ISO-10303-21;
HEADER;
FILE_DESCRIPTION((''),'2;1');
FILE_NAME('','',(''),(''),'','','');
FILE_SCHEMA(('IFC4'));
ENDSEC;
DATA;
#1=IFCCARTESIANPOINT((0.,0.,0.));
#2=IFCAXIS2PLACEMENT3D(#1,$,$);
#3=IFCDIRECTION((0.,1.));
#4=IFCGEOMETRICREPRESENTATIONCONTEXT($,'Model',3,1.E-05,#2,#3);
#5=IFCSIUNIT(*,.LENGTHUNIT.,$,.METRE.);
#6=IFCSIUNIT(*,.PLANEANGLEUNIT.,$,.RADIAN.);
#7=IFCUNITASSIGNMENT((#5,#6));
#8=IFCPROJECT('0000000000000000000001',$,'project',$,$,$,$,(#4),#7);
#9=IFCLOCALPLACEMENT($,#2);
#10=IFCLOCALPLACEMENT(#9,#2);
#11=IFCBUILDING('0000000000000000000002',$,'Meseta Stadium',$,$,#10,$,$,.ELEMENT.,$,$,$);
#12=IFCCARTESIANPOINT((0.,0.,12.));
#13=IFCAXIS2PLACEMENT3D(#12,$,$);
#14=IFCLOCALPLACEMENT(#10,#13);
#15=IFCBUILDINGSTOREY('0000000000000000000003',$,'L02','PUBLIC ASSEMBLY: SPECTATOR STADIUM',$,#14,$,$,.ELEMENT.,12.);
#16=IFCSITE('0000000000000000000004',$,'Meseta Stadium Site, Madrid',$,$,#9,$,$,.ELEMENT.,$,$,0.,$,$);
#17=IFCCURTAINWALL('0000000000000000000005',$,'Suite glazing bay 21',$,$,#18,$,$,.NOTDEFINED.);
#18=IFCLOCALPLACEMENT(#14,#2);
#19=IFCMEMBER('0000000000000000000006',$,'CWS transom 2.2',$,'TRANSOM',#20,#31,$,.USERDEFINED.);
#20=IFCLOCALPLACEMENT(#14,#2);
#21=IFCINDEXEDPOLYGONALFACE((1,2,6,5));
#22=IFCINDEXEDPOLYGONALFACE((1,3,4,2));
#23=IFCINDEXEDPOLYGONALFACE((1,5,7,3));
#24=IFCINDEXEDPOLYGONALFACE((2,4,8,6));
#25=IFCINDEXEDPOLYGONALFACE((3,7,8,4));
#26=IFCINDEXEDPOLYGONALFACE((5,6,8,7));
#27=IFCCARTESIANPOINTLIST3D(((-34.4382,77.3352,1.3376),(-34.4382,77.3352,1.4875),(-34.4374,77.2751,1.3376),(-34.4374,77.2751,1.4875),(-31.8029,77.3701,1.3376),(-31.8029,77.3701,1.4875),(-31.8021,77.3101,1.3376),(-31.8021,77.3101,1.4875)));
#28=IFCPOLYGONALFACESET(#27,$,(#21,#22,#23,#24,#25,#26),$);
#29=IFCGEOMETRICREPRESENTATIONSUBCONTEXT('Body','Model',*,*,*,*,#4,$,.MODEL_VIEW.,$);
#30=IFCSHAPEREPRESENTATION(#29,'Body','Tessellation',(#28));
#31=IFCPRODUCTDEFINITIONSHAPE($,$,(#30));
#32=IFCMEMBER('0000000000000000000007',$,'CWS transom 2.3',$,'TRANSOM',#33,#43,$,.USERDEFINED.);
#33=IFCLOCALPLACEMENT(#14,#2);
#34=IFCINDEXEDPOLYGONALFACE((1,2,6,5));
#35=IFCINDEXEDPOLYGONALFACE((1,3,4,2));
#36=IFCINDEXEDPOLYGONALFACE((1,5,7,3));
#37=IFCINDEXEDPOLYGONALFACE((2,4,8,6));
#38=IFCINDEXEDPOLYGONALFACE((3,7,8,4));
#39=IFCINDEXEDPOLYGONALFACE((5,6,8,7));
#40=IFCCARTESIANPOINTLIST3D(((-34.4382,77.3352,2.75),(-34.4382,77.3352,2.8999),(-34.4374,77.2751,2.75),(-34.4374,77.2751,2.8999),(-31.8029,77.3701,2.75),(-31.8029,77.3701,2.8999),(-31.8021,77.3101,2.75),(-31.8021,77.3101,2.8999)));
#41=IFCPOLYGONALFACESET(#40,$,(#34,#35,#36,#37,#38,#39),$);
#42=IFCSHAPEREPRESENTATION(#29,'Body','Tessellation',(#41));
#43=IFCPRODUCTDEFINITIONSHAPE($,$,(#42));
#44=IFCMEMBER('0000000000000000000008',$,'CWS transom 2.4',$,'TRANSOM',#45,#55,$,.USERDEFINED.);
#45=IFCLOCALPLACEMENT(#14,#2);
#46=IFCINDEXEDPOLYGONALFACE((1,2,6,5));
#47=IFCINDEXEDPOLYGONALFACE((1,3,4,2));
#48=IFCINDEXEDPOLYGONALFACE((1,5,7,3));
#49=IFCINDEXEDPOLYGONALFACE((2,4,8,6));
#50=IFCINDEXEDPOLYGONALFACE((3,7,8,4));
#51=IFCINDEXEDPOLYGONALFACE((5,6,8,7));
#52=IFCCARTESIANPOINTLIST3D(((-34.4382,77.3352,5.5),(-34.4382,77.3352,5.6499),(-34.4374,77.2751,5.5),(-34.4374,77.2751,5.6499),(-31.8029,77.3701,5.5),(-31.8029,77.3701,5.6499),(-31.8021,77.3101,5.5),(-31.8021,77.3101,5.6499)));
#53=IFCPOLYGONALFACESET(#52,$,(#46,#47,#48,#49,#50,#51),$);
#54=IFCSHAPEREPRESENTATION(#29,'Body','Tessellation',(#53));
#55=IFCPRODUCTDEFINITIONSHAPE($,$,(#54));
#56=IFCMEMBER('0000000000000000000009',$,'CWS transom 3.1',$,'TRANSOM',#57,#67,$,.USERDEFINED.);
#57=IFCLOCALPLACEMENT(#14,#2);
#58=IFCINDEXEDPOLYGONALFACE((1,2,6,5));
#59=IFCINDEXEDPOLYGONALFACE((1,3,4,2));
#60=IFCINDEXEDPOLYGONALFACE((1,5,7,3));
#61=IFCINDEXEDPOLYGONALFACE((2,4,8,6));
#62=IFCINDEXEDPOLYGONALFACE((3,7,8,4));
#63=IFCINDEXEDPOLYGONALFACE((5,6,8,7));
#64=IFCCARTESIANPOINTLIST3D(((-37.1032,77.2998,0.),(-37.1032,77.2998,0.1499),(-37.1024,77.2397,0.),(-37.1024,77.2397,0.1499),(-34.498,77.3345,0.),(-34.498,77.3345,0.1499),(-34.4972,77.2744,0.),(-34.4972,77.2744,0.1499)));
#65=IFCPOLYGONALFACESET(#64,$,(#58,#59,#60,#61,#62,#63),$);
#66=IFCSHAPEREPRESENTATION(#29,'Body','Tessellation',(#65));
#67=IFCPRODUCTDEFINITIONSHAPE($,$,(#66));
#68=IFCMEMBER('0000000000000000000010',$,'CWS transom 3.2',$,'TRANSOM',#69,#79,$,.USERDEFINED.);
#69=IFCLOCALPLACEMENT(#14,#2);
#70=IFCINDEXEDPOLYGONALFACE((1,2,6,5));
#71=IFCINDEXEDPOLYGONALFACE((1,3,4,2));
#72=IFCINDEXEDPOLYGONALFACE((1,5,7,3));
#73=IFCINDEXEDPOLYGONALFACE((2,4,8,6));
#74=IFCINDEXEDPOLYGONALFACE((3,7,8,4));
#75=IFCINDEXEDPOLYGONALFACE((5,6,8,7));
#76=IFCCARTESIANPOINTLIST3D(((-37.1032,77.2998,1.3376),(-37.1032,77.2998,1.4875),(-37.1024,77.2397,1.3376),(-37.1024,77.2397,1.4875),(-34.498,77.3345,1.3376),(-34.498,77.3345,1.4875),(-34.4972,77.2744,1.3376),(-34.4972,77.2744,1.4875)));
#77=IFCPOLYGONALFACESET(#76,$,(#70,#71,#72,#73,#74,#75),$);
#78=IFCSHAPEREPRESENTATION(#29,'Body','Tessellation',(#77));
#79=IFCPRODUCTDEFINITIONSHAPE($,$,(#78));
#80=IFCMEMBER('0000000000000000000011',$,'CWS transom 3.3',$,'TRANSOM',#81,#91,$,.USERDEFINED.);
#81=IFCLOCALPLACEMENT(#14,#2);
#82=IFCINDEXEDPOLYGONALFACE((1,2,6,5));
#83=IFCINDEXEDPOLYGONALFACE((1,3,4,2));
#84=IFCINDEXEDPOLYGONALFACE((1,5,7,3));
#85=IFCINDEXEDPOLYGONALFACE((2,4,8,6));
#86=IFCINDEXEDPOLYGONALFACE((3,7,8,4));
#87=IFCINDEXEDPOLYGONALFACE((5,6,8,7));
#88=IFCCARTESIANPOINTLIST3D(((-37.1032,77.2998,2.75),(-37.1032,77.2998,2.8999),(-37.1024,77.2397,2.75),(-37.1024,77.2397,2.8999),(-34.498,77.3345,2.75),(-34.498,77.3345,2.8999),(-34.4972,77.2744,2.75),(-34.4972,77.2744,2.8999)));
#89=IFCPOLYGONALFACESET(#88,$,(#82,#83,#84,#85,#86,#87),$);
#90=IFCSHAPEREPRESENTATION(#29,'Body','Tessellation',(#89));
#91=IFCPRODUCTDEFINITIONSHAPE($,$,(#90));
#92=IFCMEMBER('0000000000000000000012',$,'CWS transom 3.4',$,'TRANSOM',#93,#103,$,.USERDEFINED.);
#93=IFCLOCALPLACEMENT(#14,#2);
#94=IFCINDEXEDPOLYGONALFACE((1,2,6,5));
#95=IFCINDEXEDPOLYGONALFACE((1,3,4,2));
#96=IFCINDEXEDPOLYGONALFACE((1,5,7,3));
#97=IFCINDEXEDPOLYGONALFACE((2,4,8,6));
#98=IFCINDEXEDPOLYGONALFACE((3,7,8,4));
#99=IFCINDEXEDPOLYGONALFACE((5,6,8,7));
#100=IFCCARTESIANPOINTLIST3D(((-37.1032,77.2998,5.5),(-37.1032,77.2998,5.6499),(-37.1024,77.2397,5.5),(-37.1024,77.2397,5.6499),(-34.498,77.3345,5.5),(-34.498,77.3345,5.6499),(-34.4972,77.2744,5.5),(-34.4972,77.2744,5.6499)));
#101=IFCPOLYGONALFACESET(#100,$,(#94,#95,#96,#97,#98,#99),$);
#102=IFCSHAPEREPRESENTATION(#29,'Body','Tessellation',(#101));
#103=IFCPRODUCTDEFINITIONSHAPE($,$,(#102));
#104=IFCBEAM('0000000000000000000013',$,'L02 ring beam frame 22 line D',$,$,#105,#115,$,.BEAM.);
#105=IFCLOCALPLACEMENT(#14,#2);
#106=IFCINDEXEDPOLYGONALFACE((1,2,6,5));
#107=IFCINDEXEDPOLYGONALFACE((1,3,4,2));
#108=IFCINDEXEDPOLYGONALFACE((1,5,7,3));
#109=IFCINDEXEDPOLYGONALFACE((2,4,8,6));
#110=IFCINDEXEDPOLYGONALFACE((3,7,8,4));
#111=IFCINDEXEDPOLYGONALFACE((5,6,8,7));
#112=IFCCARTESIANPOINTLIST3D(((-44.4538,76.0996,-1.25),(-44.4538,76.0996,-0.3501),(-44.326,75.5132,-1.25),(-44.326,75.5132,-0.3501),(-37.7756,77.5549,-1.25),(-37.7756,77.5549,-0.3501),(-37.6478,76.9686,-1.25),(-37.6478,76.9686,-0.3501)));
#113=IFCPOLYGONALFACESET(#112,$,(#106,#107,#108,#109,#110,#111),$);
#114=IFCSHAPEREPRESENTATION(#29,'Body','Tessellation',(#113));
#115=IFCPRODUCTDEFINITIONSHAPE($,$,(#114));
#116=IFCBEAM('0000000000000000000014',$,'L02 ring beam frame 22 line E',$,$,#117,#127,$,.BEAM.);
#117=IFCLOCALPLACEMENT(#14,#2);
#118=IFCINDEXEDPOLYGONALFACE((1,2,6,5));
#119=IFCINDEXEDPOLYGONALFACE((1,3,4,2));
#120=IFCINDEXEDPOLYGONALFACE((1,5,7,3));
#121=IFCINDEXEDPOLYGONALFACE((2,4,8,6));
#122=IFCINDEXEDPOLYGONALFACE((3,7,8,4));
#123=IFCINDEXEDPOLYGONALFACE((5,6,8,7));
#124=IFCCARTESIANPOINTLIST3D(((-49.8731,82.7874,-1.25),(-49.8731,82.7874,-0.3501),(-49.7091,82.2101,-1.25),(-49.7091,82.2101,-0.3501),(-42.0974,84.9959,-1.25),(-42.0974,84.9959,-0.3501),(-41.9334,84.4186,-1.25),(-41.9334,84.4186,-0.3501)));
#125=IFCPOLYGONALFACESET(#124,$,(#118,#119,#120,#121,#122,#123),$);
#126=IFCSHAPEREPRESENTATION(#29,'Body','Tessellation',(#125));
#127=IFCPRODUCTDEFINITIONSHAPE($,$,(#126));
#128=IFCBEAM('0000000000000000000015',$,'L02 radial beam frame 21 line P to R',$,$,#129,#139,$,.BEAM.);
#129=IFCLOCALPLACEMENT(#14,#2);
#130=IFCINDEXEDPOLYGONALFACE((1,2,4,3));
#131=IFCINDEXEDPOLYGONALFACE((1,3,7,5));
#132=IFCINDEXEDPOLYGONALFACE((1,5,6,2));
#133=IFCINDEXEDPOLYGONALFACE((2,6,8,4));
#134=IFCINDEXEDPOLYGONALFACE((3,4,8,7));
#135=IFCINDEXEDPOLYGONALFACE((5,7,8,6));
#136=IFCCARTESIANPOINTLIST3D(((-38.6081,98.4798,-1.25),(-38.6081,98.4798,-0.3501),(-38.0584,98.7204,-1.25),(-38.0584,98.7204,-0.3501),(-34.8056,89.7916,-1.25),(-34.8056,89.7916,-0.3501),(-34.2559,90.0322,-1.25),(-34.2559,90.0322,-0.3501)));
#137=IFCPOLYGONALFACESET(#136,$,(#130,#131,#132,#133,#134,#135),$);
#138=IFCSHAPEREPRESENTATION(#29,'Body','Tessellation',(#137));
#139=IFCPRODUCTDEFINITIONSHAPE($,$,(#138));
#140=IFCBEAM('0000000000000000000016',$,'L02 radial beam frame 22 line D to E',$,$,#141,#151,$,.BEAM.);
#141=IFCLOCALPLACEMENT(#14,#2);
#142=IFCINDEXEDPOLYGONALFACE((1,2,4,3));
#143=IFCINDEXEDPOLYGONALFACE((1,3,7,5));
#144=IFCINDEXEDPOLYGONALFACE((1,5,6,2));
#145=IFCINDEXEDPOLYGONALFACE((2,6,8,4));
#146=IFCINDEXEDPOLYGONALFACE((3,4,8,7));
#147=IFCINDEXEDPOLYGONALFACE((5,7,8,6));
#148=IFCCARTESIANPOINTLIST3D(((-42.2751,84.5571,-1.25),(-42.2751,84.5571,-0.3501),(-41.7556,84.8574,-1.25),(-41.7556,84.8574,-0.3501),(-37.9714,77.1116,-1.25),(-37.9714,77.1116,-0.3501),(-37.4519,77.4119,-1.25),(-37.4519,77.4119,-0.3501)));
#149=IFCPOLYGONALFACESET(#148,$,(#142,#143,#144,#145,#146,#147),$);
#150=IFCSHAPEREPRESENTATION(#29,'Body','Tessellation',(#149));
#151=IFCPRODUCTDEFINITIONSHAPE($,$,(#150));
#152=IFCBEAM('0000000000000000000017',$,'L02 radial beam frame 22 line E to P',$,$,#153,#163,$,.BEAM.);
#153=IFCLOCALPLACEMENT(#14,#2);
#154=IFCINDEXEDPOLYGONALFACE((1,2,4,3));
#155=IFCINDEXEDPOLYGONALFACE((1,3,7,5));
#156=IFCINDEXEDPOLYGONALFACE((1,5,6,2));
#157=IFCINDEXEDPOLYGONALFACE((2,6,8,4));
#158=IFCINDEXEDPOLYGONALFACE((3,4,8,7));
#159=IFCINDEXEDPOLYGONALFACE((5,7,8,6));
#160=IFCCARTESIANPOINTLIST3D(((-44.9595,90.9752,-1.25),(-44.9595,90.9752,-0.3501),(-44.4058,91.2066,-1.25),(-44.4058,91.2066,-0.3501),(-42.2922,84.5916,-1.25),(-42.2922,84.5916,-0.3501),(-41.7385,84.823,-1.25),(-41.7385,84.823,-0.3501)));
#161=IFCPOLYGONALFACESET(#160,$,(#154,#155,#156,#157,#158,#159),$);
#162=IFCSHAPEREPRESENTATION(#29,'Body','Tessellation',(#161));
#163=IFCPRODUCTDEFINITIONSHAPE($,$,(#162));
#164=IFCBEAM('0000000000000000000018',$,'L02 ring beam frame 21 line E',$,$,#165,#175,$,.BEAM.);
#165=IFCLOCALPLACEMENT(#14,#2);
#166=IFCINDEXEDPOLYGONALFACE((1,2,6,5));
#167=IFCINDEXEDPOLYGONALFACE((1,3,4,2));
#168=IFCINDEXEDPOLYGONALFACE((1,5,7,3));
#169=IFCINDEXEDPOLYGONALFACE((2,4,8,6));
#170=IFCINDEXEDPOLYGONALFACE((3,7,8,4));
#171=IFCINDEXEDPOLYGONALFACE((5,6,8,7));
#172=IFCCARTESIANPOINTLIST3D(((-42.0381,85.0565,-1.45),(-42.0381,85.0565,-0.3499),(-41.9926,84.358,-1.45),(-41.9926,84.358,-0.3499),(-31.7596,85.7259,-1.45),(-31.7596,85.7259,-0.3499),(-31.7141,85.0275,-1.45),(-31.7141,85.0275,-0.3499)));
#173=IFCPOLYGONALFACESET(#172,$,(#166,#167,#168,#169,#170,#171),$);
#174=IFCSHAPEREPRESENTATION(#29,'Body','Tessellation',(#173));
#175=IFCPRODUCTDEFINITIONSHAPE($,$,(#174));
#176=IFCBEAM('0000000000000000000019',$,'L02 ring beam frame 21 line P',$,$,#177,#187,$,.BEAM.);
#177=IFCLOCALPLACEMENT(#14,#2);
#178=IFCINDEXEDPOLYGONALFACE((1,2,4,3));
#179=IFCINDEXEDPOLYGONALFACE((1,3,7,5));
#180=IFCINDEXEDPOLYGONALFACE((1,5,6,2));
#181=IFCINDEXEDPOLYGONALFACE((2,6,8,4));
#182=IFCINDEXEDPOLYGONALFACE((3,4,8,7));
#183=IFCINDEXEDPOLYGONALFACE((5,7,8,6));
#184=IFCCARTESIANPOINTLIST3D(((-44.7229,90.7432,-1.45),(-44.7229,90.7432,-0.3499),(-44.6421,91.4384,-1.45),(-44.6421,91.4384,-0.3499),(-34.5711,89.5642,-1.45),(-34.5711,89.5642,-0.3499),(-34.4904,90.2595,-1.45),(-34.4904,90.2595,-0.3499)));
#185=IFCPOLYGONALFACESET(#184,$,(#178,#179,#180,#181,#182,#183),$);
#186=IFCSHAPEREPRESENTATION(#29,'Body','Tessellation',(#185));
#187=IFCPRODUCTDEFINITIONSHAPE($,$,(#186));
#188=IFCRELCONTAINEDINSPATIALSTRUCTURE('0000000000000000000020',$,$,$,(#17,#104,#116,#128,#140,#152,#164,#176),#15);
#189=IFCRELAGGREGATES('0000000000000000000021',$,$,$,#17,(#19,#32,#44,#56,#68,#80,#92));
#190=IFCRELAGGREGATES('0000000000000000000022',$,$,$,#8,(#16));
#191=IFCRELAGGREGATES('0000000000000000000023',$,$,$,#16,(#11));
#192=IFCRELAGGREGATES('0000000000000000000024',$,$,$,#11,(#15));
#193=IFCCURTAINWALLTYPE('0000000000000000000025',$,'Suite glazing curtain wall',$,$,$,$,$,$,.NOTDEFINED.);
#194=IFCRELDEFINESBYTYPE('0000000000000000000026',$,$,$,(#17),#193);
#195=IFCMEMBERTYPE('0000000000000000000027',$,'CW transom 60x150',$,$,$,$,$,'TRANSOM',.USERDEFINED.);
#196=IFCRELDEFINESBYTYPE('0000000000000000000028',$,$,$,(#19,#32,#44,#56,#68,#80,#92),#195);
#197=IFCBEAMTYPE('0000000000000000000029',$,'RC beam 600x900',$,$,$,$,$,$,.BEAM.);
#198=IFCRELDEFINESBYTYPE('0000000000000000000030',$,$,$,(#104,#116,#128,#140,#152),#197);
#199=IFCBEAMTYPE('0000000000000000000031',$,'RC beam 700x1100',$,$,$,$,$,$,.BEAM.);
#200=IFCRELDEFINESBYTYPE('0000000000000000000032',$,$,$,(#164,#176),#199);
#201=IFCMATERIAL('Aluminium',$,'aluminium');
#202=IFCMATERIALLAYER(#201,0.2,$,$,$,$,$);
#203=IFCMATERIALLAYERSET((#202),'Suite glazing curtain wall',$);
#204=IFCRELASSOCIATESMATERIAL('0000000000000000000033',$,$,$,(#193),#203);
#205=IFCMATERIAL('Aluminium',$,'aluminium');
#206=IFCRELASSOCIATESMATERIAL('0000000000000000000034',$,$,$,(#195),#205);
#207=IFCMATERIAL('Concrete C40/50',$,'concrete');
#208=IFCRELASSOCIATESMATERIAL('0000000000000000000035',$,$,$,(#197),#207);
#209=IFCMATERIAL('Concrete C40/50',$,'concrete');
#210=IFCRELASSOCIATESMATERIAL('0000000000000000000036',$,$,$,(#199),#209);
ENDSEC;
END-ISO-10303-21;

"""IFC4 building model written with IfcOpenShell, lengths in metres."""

from ifc_helpers import new_model, si_unit, direction, frame, origin, origin_2d, place, context, subcontext, project, spatial, rectangle, extrude, material, layer, layer_set, material_profile, profile_set, type_object, element, aggregate, save


model = new_model("IFC4")

# Units and contexts
model_context = context("Model", 3, precision=1e-05, world=origin(), true_north=direction((0.0, 1.0)))
body_context = subcontext(model_context, "Body", "Model", "MODEL_VIEW")
ifc_project = project(units=[si_unit("LENGTHUNIT", "METRE"), si_unit("PLANEANGLEUNIT", "RADIAN")], contexts=[model_context])

# Site, building, storey
site_placement = place(None, origin())
site = spatial("IfcSite", under=ifc_project, at=site_placement, Name="Meseta Stadium Site, Madrid", CompositionType="ELEMENT", RefElevation=0.0)
building_placement = place(site_placement, origin())
building = spatial("IfcBuilding", under=site, at=building_placement, Name="Meseta Stadium", CompositionType="ELEMENT")
storey_placement = place(building_placement, frame((0.0, 0.0, 12.0)))
storey = spatial("IfcBuildingStorey", under=building, at=storey_placement, Name="L02", Description="PUBLIC ASSEMBLY: SPECTATOR STADIUM", CompositionType="ELEMENT", Elevation=12.0)

# Curtain wall, members
ifc_material_1 = material(Name="Aluminium", Category="aluminium")
ifc_layer_1 = layer(ifc_material_1, 0.2)
ifc_layer_set_1 = layer_set([ifc_layer_1], Name="Suite glazing curtain wall")
curtain_wall_type = type_object("IfcCurtainWallType", Name="Suite glazing curtain wall", PredefinedType="NOTDEFINED", material=ifc_layer_set_1)
curtain_wall_placement = place(storey_placement, origin())
curtain_wall = element("IfcCurtainWall", 1, at=curtain_wall_placement, inside=storey, type_object=curtain_wall_type, Name="Suite glazing bay 21", PredefinedType="NOTDEFINED")
ifc_material_2 = material(Name="Aluminium", Category="aluminium")
ifc_material_profile_1 = material_profile(ifc_material_2, rectangle(XDim=0.0601, YDim=0.1499, at=origin_2d()), Name="CW 60x150")
ifc_profile_set_1 = profile_set([ifc_material_profile_1], Name="Aluminium")
member_type_1 = type_object("IfcMemberType", Name="CW transom 60x150", ElementType="TRANSOM", PredefinedType="USERDEFINED", material=ifc_profile_set_1)
member_1_placement = place(storey_placement, frame((-31.8025, 77.3401, 1.4126), z_axis=(-0.999912, -0.013247, 0.0), x_axis=(0.013247, -0.999912, 0.0)))
member_1 = element("IfcMember", 2, at=member_1_placement, type_object=member_type_1, Name="CWS transom 2.2", ObjectType="TRANSOM", PredefinedType="USERDEFINED", context=body_context, shape_type="SweptSolid", body=[
    extrude(rectangle(XDim=0.0601, YDim=0.1499, at=origin_2d()), origin(), (0.0, 0.0, 1.0), 2.6355),
])
member_2_placement = place(storey_placement, frame((-31.8025, 77.3401, 2.825), z_axis=(-0.999912, -0.013247, 0.0), x_axis=(0.013247, -0.999912, 0.0)))
member_2 = element("IfcMember", 3, at=member_2_placement, type_object=member_type_1, Name="CWS transom 2.3", ObjectType="TRANSOM", PredefinedType="USERDEFINED", context=body_context, shape_type="SweptSolid", body=[
    extrude(rectangle(XDim=0.0601, YDim=0.1499, at=origin_2d()), origin(), (0.0, 0.0, 1.0), 2.6355),
])
member_3_placement = place(storey_placement, frame((-31.8025, 77.3401, 5.575), z_axis=(-0.999912, -0.013247, 0.0), x_axis=(0.013247, -0.999912, 0.0)))
member_3 = element("IfcMember", 4, at=member_3_placement, type_object=member_type_1, Name="CWS transom 2.4", ObjectType="TRANSOM", PredefinedType="USERDEFINED", context=body_context, shape_type="SweptSolid", body=[
    extrude(rectangle(XDim=0.0601, YDim=0.1499, at=origin_2d()), origin(), (0.0, 0.0, 1.0), 2.6355),
])
member_4_placement = place(storey_placement, frame((-34.4976, 77.3044, 0.075), z_axis=(-0.999911, -0.013306, 0.0), x_axis=(0.013306, -0.999911, 0.0)))
member_4 = element("IfcMember", 5, at=member_4_placement, type_object=member_type_1, Name="CWS transom 3.1", ObjectType="TRANSOM", PredefinedType="USERDEFINED", context=body_context, shape_type="SweptSolid", body=[
    extrude(rectangle(XDim=0.0601, YDim=0.1499, at=origin_2d()), origin(), (0.0, 0.0, 1.0), 2.6055),
])
member_5_placement = place(storey_placement, frame((-34.4976, 77.3044, 1.4126), z_axis=(-0.999911, -0.013306, 0.0), x_axis=(0.013306, -0.999911, 0.0)))
member_5 = element("IfcMember", 6, at=member_5_placement, type_object=member_type_1, Name="CWS transom 3.2", ObjectType="TRANSOM", PredefinedType="USERDEFINED", context=body_context, shape_type="SweptSolid", body=[
    extrude(rectangle(XDim=0.0601, YDim=0.1499, at=origin_2d()), origin(), (0.0, 0.0, 1.0), 2.6055),
])
member_6_placement = place(storey_placement, frame((-34.4976, 77.3044, 2.825), z_axis=(-0.999911, -0.013306, 0.0), x_axis=(0.013306, -0.999911, 0.0)))
member_6 = element("IfcMember", 7, at=member_6_placement, type_object=member_type_1, Name="CWS transom 3.3", ObjectType="TRANSOM", PredefinedType="USERDEFINED", context=body_context, shape_type="SweptSolid", body=[
    extrude(rectangle(XDim=0.0601, YDim=0.1499, at=origin_2d()), origin(), (0.0, 0.0, 1.0), 2.6055),
])
member_7_placement = place(storey_placement, frame((-34.4976, 77.3044, 5.575), z_axis=(-0.999911, -0.013306, 0.0), x_axis=(0.013306, -0.999911, 0.0)))
member_7 = element("IfcMember", 8, at=member_7_placement, type_object=member_type_1, Name="CWS transom 3.4", ObjectType="TRANSOM", PredefinedType="USERDEFINED", context=body_context, shape_type="SweptSolid", body=[
    extrude(rectangle(XDim=0.0601, YDim=0.1499, at=origin_2d()), origin(), (0.0, 0.0, 1.0), 2.6055),
])

# Beams
ifc_material_3 = material(Name="Concrete C40/50", Category="concrete")
ifc_material_profile_2 = material_profile(ifc_material_3, rectangle(XDim=0.6001, YDim=0.8999, at=origin_2d()), Name="RC 600x900")
ifc_profile_set_2 = profile_set([ifc_material_profile_2], Name="Concrete C40/50")
beam_type_1 = type_object("IfcBeamType", Name="RC beam 600x900", PredefinedType="BEAM", material=ifc_profile_set_2)
beam_1_placement = place(storey_placement, frame((-37.7117, 77.2617, -0.8), z_axis=(-0.977069, -0.212923, 0.0), x_axis=(0.212923, -0.977069, 0.0)))
element("IfcBeam", 9, at=beam_1_placement, inside=storey, type_object=beam_type_1, Name="L02 ring beam frame 22 line D", PredefinedType="BEAM", context=body_context, shape_type="SweptSolid", body=[
    extrude(rectangle(XDim=0.6001, YDim=0.8999, at=origin_2d()), origin(), (0.0, 0.0, 1.0), 6.835),
])
beam_2_placement = place(storey_placement, frame((-42.0154, 84.7073, -0.8), z_axis=(-0.961951, -0.273221, 0.0), x_axis=(0.273221, -0.961951, 0.0)))
element("IfcBeam", 10, at=beam_2_placement, inside=storey, type_object=beam_type_1, Name="L02 ring beam frame 22 line E", PredefinedType="BEAM", context=body_context, shape_type="SweptSolid", body=[
    extrude(rectangle(XDim=0.6001, YDim=0.8999, at=origin_2d()), origin(), (0.0, 0.0, 1.0), 8.0833),
])
beam_3_placement = place(storey_placement, frame((-34.5308, 89.9119, -0.8), z_axis=(-0.400942, 0.916104, 0.0), x_axis=(-0.916104, -0.400942, 0.0)))
element("IfcBeam", 11, at=beam_3_placement, inside=storey, type_object=beam_type_1, Name="L02 radial beam frame 21 line P to R", PredefinedType="BEAM", context=body_context, shape_type="SweptSolid", body=[
    extrude(rectangle(XDim=0.6001, YDim=0.8999, at=origin_2d()), origin(), (0.0, 0.0, 1.0), 9.4839),
])
beam_4_placement = place(storey_placement, frame((-37.7117, 77.2617, -0.8), z_axis=(-0.500437, 0.865773, 0.0), x_axis=(-0.865773, -0.500437, 0.0)))
element("IfcBeam", 12, at=beam_4_placement, inside=storey, type_object=beam_type_1, Name="L02 radial beam frame 22 line D to E", PredefinedType="BEAM", context=body_context, shape_type="SweptSolid", body=[
    extrude(rectangle(XDim=0.6001, YDim=0.8999, at=origin_2d()), origin(), (0.0, 0.0, 1.0), 8.5999),
])
beam_5_placement = place(storey_placement, frame((-42.0154, 84.7073, -0.8), z_axis=(-0.38553, 0.922695, 0.0), x_axis=(-0.922695, -0.38553, 0.0)))
element("IfcBeam", 13, at=beam_5_placement, inside=storey, type_object=beam_type_1, Name="L02 radial beam frame 22 line E to P", PredefinedType="BEAM", context=body_context, shape_type="SweptSolid", body=[
    extrude(rectangle(XDim=0.6001, YDim=0.8999, at=origin_2d()), origin(), (0.0, 0.0, 1.0), 6.9185),
])
ifc_material_4 = material(Name="Concrete C40/50", Category="concrete")
ifc_material_profile_3 = material_profile(ifc_material_4, rectangle(XDim=0.7, YDim=1.1001, at=origin_2d()), Name="RC 700x1100")
ifc_profile_set_3 = profile_set([ifc_material_profile_3], Name="Concrete C40/50")
beam_type_2 = type_object("IfcBeamType", Name="RC beam 700x1100", PredefinedType="BEAM", material=ifc_profile_set_3)
beam_6_placement = place(storey_placement, frame((-31.7368, 85.3767, -0.8999), z_axis=(-0.997886, -0.064991, 0.0), x_axis=(0.064991, -0.997886, 0.0)))
element("IfcBeam", 14, at=beam_6_placement, inside=storey, type_object=beam_type_2, Name="L02 ring beam frame 21 line E", PredefinedType="BEAM", context=body_context, shape_type="SweptSolid", body=[
    extrude(rectangle(XDim=0.7, YDim=1.1001, at=origin_2d()), origin(), (0.0, 0.0, 1.0), 10.3003),
])
beam_7_placement = place(storey_placement, frame((-34.5308, 89.9119, -0.8999), z_axis=(-0.993324, 0.115357, 0.0), x_axis=(-0.115357, -0.993324, 0.0)))
element("IfcBeam", 15, at=beam_7_placement, inside=storey, type_object=beam_type_2, Name="L02 ring beam frame 21 line P", PredefinedType="BEAM", context=body_context, shape_type="SweptSolid", body=[
    extrude(rectangle(XDim=0.7, YDim=1.1001, at=origin_2d()), origin(), (0.0, 0.0, 1.0), 10.22),
])

aggregate(curtain_wall, [member_1, member_2, member_3, member_4, member_5, member_6, member_7])

save(model, "model.ifc")
